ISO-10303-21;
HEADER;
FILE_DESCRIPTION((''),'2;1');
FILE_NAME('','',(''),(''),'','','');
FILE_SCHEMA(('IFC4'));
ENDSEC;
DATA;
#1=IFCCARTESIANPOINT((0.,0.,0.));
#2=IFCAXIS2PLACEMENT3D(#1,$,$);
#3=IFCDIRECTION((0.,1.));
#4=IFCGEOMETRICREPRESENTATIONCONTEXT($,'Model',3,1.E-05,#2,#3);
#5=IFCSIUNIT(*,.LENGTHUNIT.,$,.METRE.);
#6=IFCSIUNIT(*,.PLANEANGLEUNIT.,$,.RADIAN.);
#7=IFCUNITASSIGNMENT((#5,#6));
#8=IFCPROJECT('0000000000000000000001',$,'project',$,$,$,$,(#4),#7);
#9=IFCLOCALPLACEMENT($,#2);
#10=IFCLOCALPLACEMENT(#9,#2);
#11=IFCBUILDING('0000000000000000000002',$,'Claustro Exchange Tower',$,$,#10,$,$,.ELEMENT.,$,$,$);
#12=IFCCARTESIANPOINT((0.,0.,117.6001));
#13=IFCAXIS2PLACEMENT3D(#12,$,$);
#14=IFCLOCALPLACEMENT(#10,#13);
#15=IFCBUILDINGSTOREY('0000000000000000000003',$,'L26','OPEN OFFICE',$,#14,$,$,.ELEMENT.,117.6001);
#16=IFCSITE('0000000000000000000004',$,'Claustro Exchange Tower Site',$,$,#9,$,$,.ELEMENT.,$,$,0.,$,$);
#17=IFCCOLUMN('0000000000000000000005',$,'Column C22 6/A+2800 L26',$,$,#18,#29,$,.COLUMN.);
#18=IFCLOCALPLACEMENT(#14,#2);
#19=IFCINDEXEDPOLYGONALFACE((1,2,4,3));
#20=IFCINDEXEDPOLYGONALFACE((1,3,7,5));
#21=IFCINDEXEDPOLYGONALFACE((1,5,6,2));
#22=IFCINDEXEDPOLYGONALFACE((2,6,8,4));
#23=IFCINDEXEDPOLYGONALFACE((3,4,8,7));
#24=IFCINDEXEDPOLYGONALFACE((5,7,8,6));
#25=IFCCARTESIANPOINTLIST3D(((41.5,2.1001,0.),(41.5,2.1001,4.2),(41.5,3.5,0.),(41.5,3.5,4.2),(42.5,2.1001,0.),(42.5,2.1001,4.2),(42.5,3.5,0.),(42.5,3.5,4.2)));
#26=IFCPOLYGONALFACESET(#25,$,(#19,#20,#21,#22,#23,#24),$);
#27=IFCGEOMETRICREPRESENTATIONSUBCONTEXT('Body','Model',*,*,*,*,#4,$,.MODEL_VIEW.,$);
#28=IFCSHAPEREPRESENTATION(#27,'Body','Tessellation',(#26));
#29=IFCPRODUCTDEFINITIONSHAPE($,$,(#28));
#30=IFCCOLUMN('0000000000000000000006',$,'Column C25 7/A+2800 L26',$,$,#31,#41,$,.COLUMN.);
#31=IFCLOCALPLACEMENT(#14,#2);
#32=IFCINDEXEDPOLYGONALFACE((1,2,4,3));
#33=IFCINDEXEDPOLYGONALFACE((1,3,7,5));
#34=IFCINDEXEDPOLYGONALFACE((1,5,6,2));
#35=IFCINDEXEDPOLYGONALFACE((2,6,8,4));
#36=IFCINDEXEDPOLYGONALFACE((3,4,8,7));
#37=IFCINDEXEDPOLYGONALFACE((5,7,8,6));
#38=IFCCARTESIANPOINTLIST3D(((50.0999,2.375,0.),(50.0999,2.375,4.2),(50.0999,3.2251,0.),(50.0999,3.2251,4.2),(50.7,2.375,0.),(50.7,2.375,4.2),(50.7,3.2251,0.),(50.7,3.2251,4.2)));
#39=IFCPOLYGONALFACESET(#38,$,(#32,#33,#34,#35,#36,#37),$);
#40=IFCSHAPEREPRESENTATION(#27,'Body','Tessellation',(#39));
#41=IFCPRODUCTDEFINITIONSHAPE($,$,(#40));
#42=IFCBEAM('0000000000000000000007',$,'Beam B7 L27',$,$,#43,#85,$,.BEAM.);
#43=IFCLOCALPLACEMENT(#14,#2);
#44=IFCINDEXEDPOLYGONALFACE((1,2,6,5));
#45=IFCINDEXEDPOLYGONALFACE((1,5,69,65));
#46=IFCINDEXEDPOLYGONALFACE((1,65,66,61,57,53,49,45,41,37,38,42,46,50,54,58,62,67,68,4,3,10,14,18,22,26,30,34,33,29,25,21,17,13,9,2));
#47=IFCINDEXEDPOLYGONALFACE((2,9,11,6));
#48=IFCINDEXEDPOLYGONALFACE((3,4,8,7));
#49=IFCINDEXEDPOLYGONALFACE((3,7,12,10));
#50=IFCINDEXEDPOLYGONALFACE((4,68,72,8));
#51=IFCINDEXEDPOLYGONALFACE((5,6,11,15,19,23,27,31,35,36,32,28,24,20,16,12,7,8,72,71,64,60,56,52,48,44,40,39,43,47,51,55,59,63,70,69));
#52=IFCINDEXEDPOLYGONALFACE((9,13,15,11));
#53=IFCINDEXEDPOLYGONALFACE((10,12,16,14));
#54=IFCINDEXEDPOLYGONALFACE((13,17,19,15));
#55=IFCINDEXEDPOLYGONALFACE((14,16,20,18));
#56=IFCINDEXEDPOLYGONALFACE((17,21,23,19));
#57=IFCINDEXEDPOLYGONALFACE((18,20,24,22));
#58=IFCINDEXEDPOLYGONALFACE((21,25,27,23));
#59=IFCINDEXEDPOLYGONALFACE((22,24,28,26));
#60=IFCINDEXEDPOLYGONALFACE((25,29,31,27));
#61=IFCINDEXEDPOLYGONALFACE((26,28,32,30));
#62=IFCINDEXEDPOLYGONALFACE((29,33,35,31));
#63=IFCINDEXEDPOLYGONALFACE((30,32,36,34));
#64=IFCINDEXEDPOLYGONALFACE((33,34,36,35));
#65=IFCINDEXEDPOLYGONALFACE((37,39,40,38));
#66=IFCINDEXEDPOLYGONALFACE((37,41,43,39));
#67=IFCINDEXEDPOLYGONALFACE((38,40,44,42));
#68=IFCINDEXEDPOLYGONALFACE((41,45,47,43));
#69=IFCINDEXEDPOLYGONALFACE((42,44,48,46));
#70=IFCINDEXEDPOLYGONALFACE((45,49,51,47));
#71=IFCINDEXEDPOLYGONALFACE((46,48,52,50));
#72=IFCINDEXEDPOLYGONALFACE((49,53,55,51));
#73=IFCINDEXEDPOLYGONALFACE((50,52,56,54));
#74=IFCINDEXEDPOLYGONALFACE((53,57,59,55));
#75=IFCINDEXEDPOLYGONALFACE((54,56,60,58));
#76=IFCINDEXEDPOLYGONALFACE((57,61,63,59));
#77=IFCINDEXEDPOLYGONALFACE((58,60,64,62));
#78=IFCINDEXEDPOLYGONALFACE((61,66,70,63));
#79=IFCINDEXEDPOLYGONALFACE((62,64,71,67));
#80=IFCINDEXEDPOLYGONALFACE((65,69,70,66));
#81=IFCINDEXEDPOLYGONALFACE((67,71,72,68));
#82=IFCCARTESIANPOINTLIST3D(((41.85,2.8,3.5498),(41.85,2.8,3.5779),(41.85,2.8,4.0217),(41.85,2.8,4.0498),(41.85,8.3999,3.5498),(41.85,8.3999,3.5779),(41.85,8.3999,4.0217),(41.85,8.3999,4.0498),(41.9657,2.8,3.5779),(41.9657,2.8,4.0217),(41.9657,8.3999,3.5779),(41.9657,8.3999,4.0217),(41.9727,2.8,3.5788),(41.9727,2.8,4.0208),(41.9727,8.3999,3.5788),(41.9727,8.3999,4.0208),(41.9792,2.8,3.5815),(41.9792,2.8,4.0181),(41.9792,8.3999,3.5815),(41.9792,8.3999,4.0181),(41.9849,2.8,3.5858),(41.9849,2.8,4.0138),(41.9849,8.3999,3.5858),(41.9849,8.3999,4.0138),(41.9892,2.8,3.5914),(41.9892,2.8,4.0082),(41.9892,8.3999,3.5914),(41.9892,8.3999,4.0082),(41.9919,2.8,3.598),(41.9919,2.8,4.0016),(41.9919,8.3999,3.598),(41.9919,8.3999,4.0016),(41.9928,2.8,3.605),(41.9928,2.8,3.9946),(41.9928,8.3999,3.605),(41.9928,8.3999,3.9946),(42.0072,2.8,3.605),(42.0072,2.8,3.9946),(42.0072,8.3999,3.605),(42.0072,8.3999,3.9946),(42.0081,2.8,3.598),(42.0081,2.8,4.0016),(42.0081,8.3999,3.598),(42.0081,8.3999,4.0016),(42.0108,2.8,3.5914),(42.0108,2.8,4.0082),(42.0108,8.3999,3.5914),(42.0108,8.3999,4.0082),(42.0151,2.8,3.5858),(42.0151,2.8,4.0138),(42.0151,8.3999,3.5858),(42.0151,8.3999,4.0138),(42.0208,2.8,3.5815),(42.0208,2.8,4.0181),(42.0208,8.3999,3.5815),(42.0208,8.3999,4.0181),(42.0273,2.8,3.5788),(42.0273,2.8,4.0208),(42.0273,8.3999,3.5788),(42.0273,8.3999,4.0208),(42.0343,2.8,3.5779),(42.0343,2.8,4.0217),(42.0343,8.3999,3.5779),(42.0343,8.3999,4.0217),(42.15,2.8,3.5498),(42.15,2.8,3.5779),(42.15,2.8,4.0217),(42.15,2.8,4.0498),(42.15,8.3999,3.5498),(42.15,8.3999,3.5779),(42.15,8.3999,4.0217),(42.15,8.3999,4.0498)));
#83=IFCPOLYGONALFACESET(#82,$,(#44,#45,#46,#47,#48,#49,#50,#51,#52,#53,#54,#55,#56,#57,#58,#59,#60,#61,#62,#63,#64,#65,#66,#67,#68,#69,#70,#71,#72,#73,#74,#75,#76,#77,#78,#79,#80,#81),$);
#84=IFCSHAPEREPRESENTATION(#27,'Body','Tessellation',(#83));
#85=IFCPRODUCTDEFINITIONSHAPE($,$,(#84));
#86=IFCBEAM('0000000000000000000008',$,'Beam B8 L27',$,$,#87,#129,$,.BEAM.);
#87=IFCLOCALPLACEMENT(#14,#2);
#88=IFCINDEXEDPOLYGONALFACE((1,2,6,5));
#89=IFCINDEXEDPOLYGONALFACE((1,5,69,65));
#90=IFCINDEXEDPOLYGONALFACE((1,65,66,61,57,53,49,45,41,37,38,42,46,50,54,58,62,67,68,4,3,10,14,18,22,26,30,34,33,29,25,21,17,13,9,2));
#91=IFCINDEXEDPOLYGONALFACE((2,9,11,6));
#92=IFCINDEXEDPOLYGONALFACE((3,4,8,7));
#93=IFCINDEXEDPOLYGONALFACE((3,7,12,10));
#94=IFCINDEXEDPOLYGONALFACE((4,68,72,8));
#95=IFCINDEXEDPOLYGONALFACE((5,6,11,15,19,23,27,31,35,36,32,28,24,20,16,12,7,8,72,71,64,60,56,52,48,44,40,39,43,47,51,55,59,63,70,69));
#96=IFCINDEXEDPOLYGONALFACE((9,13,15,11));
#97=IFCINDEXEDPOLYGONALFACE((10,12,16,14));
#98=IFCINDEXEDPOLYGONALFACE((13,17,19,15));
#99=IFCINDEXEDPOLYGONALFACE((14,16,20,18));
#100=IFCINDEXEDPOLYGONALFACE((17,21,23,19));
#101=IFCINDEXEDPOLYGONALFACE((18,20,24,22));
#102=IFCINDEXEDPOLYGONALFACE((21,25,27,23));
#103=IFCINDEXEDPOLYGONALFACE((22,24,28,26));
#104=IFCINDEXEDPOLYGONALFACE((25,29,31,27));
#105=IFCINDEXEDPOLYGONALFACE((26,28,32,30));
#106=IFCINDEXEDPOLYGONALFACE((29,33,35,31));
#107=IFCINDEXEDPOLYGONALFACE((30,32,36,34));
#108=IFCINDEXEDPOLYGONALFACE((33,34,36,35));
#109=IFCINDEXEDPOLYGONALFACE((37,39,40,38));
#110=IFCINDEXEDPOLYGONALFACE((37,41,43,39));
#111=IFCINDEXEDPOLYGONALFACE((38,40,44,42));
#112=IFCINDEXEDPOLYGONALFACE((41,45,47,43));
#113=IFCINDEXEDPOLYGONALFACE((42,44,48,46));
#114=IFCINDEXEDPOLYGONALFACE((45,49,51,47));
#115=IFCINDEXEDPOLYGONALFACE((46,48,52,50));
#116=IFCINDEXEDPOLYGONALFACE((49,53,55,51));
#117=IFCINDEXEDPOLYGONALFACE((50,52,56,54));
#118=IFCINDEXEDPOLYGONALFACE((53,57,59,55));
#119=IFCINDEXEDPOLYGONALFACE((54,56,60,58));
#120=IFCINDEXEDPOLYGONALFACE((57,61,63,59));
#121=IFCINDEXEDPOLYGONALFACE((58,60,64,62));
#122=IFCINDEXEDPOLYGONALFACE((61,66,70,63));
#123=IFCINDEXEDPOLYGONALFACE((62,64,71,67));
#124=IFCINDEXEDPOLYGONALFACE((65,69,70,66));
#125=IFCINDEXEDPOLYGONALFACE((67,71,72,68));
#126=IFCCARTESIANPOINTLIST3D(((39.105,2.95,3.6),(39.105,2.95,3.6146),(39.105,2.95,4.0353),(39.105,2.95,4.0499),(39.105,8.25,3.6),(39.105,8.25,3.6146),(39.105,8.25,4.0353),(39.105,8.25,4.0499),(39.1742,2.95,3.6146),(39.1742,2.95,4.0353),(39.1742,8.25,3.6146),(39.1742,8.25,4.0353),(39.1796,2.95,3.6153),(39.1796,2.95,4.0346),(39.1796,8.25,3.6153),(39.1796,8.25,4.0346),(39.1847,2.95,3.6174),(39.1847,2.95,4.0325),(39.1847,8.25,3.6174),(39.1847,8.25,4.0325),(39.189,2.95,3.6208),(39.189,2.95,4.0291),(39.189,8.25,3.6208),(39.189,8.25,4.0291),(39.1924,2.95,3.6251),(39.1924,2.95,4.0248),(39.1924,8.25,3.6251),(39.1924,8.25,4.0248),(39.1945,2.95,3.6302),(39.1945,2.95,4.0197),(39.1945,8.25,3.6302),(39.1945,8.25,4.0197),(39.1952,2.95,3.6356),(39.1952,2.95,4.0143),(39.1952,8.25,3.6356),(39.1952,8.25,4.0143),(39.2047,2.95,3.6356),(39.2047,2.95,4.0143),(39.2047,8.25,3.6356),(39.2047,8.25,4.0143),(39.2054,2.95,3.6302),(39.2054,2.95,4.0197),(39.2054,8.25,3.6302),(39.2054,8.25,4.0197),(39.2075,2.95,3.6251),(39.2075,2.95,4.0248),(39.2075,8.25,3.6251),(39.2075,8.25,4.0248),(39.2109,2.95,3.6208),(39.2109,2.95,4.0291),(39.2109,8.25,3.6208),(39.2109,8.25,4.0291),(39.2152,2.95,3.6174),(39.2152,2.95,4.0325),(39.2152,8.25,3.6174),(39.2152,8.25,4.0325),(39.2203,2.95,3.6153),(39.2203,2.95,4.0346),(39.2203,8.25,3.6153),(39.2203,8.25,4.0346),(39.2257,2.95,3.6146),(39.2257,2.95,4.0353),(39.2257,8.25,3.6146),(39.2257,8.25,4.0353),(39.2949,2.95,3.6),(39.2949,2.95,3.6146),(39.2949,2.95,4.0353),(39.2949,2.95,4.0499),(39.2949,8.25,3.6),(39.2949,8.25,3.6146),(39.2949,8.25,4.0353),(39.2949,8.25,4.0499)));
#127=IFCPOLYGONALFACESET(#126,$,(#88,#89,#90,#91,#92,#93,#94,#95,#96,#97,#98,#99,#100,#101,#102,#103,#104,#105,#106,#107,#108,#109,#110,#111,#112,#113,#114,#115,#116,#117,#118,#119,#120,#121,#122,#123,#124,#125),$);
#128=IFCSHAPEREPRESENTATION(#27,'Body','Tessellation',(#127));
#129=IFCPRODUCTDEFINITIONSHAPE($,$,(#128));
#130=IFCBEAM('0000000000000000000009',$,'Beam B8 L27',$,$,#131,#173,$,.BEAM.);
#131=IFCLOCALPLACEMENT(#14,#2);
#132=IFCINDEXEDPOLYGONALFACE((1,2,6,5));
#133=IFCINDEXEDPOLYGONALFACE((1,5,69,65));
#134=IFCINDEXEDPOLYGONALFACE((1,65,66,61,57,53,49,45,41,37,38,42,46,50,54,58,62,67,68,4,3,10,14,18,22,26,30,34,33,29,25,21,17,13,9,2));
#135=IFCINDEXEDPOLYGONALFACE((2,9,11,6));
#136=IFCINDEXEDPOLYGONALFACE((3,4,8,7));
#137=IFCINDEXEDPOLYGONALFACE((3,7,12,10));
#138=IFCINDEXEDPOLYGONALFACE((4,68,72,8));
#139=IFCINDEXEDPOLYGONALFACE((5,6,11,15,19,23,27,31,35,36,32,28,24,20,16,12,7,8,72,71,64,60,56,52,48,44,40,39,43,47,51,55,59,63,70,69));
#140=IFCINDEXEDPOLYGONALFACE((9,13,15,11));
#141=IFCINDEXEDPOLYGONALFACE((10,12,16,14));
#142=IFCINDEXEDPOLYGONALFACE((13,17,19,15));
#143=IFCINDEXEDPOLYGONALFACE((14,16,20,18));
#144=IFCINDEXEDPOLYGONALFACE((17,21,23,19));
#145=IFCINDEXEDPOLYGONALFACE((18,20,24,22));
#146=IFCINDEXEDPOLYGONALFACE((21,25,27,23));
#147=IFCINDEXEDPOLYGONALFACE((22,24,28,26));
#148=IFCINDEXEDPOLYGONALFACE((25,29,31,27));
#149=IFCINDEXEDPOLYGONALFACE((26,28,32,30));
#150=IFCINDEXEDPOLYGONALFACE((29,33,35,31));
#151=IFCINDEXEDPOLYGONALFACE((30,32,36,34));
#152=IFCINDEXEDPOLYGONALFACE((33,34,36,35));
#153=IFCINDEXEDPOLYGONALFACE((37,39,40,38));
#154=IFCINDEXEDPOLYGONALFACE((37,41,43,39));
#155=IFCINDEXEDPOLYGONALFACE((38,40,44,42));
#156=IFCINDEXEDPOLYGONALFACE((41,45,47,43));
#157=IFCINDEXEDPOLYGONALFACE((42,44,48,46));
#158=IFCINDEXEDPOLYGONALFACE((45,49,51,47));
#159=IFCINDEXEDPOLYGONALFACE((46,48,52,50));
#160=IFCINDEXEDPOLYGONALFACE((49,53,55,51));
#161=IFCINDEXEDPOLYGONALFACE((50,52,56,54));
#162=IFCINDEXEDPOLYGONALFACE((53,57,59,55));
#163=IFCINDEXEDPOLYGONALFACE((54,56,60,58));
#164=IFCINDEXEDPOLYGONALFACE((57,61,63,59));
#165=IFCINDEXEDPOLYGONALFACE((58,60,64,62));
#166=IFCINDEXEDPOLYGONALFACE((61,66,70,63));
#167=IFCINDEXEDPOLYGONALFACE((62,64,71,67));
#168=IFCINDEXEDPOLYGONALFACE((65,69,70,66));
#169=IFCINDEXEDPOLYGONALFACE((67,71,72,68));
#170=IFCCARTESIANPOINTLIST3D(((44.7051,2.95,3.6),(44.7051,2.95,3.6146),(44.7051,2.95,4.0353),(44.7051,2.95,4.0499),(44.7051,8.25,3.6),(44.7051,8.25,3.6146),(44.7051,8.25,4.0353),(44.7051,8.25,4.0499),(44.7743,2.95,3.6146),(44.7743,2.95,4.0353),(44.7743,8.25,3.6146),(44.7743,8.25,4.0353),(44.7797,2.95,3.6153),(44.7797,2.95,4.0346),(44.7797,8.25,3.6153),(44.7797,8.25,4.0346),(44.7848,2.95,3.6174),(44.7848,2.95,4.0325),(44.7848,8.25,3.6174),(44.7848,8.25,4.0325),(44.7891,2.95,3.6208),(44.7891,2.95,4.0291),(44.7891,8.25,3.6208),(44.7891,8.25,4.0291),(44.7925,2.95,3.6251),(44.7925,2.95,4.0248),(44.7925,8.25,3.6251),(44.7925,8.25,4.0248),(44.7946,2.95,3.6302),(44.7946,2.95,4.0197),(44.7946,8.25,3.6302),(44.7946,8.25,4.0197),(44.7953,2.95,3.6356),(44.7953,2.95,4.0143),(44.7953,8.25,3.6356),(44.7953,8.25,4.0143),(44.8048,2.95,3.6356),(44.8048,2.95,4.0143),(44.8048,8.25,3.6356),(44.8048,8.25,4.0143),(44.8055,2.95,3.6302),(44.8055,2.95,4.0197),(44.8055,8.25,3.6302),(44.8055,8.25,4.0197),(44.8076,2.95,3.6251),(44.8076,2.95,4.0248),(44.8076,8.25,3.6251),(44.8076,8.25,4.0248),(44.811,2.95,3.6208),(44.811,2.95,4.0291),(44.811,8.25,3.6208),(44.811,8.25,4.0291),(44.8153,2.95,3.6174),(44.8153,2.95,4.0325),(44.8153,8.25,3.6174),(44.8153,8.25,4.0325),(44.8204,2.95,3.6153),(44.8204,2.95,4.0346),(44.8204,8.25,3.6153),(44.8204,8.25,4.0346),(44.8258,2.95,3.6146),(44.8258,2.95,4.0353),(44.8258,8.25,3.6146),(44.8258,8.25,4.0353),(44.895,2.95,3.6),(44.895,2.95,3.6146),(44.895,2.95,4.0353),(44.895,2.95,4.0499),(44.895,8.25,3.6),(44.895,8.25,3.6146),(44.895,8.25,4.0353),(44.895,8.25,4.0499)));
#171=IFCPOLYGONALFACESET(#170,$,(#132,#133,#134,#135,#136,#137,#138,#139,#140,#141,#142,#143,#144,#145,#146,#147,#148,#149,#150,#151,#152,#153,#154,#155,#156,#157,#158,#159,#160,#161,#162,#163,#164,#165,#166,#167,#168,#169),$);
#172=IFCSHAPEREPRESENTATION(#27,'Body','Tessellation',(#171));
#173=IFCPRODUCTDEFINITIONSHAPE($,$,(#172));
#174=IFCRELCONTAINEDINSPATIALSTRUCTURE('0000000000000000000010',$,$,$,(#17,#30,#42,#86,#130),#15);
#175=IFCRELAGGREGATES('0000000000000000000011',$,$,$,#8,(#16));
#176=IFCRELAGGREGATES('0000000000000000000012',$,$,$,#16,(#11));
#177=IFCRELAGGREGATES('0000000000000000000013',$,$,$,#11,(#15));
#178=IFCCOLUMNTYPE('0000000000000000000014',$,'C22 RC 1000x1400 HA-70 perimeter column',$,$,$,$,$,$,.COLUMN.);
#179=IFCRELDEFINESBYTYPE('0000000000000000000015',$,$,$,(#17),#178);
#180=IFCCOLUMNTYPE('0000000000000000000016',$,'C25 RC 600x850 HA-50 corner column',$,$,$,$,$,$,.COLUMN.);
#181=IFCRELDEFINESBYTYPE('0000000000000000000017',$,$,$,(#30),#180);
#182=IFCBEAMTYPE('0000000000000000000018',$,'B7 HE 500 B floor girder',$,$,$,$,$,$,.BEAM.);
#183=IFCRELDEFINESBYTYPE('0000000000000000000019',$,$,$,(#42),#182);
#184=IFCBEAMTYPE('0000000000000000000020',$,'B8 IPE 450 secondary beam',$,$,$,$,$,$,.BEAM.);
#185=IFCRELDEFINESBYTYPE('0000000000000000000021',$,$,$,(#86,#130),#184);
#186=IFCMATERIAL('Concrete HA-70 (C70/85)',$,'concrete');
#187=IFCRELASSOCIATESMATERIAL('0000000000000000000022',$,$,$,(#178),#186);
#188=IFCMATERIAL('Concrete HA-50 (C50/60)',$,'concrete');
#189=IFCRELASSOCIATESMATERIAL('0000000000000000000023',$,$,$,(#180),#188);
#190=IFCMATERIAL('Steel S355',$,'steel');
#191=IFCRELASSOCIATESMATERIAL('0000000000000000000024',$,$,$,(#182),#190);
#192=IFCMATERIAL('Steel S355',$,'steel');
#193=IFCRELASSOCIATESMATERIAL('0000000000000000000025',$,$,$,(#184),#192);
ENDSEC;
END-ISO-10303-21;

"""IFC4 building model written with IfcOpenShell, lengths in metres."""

from ifc_helpers import new_model, si_unit, direction, frame, origin, origin_2d, place, context, subcontext, project, spatial, rectangle, i_section, extrude, material, material_profile, profile_set, type_object, element, save


model = new_model("IFC4")

# Units and contexts
model_context = context("Model", 3, precision=1e-05, world=origin(), true_north=direction((0.0, 1.0)))
body_context = subcontext(model_context, "Body", "Model", "MODEL_VIEW")
ifc_project = project(units=[si_unit("LENGTHUNIT", "METRE"), si_unit("PLANEANGLEUNIT", "RADIAN")], contexts=[model_context])

# Site, building, storey
site_placement = place(None, origin())
site = spatial("IfcSite", under=ifc_project, at=site_placement, Name="Claustro Exchange Tower Site", CompositionType="ELEMENT", RefElevation=0.0)
building_placement = place(site_placement, origin())
building = spatial("IfcBuilding", under=site, at=building_placement, Name="Claustro Exchange Tower", CompositionType="ELEMENT")
storey_placement = place(building_placement, frame((0.0, 0.0, 117.6001)))
storey = spatial("IfcBuildingStorey", under=building, at=storey_placement, Name="L26", Description="OPEN OFFICE", CompositionType="ELEMENT", Elevation=117.6001)

# Columns
ifc_material_1 = material(Name="Concrete HA-70 (C70/85)", Category="concrete")
ifc_material_profile_1 = material_profile(ifc_material_1, rectangle(XDim=1.0, YDim=1.3999, at=origin_2d()), Name="RC 1000x1400")
ifc_profile_set_1 = profile_set([ifc_material_profile_1], Name="Concrete HA-70 (C70/85)")
column_type_1 = type_object("IfcColumnType", Name="C22 RC 1000x1400 HA-70 perimeter column", PredefinedType="COLUMN", material=ifc_profile_set_1)
column_1_placement = place(storey_placement, frame((42.0, 2.8, 0.0), z_axis=(0.0, 0.0, 1.0), x_axis=(1.0, 0.0, 0.0)))
element("IfcColumn", 1, at=column_1_placement, inside=storey, type_object=column_type_1, Name="Column C22 6/A+2800 L26", PredefinedType="COLUMN", context=body_context, shape_type="SweptSolid", body=[
    extrude(rectangle(XDim=1.0, YDim=1.3999, at=origin_2d()), origin(), (0.0, 0.0, 1.0), 4.2),
])
ifc_material_2 = material(Name="Concrete HA-50 (C50/60)", Category="concrete")
ifc_material_profile_2 = material_profile(ifc_material_2, rectangle(XDim=0.6001, YDim=0.8501, at=origin_2d()), Name="RC 600x850")
ifc_profile_set_2 = profile_set([ifc_material_profile_2], Name="Concrete HA-50 (C50/60)")
column_type_2 = type_object("IfcColumnType", Name="C25 RC 600x850 HA-50 corner column", PredefinedType="COLUMN", material=ifc_profile_set_2)
column_2_placement = place(storey_placement, frame((50.3999, 2.8, 0.0), z_axis=(0.0, 0.0, 1.0), x_axis=(1.0, 0.0, 0.0)))
element("IfcColumn", 2, at=column_2_placement, inside=storey, type_object=column_type_2, Name="Column C25 7/A+2800 L26", PredefinedType="COLUMN", context=body_context, shape_type="SweptSolid", body=[
    extrude(rectangle(XDim=0.6001, YDim=0.8501, at=origin_2d()), origin(), (0.0, 0.0, 1.0), 4.2),
])

# Beams
ifc_material_3 = material(Name="Steel S355", Category="steel")
ifc_material_profile_3 = material_profile(ifc_material_3, i_section(OverallWidth=0.3, OverallDepth=0.5, WebThickness=0.0144, FlangeThickness=0.0281, FilletRadius=0.0271, at=origin_2d()), Name="HE 500 B")
ifc_profile_set_3 = profile_set([ifc_material_profile_3], Name="Steel S355")
beam_type_1 = type_object("IfcBeamType", Name="B7 HE 500 B floor girder", PredefinedType="BEAM", material=ifc_profile_set_3)
beam_1_placement = place(storey_placement, frame((42.0, 2.8, 3.7998), z_axis=(0.0, 1.0, 0.0), x_axis=(-1.0, 0.0, 0.0)))
element("IfcBeam", 3, at=beam_1_placement, inside=storey, type_object=beam_type_1, Name="Beam B7 L27", PredefinedType="BEAM", context=body_context, shape_type="SweptSolid", body=[
    extrude(i_section(OverallWidth=0.3, OverallDepth=0.5, WebThickness=0.0144, FlangeThickness=0.0281, FilletRadius=0.0271, at=origin_2d()), origin(), (0.0, 0.0, 1.0), 5.5999),
])
ifc_material_4 = material(Name="Steel S355", Category="steel")
ifc_material_profile_4 = material_profile(ifc_material_4, i_section(OverallWidth=0.1899, OverallDepth=0.45, WebThickness=0.0095, FlangeThickness=0.0146, FilletRadius=0.021, at=origin_2d()), Name="IPE 450")
ifc_profile_set_4 = profile_set([ifc_material_profile_4], Name="Steel S355")
beam_type_2 = type_object("IfcBeamType", Name="B8 IPE 450 secondary beam", PredefinedType="BEAM", material=ifc_profile_set_4)
for number, where, z_axis, x_axis, name in (
    (4, (39.2, 2.95, 3.825), (0.0, 1.0, 0.0), (-1.0, 0.0, 0.0), "Beam B8 L27"),
    (5, (44.8, 2.95, 3.825), (0.0, 1.0, 0.0), (-1.0, 0.0, 0.0), "Beam B8 L27"),
):
    element("IfcBeam", number, at=place(storey_placement, frame(where, z_axis=z_axis, x_axis=x_axis)), inside=storey, type_object=beam_type_2, Name=name, PredefinedType="BEAM", context=body_context, shape_type="SweptSolid", body=[
        extrude(i_section(OverallWidth=0.1899, OverallDepth=0.45, WebThickness=0.0095, FlangeThickness=0.0146, FilletRadius=0.021, at=origin_2d()), origin(), (0.0, 0.0, 1.0), 5.3),
    ])

save(model, "model.ifc")
